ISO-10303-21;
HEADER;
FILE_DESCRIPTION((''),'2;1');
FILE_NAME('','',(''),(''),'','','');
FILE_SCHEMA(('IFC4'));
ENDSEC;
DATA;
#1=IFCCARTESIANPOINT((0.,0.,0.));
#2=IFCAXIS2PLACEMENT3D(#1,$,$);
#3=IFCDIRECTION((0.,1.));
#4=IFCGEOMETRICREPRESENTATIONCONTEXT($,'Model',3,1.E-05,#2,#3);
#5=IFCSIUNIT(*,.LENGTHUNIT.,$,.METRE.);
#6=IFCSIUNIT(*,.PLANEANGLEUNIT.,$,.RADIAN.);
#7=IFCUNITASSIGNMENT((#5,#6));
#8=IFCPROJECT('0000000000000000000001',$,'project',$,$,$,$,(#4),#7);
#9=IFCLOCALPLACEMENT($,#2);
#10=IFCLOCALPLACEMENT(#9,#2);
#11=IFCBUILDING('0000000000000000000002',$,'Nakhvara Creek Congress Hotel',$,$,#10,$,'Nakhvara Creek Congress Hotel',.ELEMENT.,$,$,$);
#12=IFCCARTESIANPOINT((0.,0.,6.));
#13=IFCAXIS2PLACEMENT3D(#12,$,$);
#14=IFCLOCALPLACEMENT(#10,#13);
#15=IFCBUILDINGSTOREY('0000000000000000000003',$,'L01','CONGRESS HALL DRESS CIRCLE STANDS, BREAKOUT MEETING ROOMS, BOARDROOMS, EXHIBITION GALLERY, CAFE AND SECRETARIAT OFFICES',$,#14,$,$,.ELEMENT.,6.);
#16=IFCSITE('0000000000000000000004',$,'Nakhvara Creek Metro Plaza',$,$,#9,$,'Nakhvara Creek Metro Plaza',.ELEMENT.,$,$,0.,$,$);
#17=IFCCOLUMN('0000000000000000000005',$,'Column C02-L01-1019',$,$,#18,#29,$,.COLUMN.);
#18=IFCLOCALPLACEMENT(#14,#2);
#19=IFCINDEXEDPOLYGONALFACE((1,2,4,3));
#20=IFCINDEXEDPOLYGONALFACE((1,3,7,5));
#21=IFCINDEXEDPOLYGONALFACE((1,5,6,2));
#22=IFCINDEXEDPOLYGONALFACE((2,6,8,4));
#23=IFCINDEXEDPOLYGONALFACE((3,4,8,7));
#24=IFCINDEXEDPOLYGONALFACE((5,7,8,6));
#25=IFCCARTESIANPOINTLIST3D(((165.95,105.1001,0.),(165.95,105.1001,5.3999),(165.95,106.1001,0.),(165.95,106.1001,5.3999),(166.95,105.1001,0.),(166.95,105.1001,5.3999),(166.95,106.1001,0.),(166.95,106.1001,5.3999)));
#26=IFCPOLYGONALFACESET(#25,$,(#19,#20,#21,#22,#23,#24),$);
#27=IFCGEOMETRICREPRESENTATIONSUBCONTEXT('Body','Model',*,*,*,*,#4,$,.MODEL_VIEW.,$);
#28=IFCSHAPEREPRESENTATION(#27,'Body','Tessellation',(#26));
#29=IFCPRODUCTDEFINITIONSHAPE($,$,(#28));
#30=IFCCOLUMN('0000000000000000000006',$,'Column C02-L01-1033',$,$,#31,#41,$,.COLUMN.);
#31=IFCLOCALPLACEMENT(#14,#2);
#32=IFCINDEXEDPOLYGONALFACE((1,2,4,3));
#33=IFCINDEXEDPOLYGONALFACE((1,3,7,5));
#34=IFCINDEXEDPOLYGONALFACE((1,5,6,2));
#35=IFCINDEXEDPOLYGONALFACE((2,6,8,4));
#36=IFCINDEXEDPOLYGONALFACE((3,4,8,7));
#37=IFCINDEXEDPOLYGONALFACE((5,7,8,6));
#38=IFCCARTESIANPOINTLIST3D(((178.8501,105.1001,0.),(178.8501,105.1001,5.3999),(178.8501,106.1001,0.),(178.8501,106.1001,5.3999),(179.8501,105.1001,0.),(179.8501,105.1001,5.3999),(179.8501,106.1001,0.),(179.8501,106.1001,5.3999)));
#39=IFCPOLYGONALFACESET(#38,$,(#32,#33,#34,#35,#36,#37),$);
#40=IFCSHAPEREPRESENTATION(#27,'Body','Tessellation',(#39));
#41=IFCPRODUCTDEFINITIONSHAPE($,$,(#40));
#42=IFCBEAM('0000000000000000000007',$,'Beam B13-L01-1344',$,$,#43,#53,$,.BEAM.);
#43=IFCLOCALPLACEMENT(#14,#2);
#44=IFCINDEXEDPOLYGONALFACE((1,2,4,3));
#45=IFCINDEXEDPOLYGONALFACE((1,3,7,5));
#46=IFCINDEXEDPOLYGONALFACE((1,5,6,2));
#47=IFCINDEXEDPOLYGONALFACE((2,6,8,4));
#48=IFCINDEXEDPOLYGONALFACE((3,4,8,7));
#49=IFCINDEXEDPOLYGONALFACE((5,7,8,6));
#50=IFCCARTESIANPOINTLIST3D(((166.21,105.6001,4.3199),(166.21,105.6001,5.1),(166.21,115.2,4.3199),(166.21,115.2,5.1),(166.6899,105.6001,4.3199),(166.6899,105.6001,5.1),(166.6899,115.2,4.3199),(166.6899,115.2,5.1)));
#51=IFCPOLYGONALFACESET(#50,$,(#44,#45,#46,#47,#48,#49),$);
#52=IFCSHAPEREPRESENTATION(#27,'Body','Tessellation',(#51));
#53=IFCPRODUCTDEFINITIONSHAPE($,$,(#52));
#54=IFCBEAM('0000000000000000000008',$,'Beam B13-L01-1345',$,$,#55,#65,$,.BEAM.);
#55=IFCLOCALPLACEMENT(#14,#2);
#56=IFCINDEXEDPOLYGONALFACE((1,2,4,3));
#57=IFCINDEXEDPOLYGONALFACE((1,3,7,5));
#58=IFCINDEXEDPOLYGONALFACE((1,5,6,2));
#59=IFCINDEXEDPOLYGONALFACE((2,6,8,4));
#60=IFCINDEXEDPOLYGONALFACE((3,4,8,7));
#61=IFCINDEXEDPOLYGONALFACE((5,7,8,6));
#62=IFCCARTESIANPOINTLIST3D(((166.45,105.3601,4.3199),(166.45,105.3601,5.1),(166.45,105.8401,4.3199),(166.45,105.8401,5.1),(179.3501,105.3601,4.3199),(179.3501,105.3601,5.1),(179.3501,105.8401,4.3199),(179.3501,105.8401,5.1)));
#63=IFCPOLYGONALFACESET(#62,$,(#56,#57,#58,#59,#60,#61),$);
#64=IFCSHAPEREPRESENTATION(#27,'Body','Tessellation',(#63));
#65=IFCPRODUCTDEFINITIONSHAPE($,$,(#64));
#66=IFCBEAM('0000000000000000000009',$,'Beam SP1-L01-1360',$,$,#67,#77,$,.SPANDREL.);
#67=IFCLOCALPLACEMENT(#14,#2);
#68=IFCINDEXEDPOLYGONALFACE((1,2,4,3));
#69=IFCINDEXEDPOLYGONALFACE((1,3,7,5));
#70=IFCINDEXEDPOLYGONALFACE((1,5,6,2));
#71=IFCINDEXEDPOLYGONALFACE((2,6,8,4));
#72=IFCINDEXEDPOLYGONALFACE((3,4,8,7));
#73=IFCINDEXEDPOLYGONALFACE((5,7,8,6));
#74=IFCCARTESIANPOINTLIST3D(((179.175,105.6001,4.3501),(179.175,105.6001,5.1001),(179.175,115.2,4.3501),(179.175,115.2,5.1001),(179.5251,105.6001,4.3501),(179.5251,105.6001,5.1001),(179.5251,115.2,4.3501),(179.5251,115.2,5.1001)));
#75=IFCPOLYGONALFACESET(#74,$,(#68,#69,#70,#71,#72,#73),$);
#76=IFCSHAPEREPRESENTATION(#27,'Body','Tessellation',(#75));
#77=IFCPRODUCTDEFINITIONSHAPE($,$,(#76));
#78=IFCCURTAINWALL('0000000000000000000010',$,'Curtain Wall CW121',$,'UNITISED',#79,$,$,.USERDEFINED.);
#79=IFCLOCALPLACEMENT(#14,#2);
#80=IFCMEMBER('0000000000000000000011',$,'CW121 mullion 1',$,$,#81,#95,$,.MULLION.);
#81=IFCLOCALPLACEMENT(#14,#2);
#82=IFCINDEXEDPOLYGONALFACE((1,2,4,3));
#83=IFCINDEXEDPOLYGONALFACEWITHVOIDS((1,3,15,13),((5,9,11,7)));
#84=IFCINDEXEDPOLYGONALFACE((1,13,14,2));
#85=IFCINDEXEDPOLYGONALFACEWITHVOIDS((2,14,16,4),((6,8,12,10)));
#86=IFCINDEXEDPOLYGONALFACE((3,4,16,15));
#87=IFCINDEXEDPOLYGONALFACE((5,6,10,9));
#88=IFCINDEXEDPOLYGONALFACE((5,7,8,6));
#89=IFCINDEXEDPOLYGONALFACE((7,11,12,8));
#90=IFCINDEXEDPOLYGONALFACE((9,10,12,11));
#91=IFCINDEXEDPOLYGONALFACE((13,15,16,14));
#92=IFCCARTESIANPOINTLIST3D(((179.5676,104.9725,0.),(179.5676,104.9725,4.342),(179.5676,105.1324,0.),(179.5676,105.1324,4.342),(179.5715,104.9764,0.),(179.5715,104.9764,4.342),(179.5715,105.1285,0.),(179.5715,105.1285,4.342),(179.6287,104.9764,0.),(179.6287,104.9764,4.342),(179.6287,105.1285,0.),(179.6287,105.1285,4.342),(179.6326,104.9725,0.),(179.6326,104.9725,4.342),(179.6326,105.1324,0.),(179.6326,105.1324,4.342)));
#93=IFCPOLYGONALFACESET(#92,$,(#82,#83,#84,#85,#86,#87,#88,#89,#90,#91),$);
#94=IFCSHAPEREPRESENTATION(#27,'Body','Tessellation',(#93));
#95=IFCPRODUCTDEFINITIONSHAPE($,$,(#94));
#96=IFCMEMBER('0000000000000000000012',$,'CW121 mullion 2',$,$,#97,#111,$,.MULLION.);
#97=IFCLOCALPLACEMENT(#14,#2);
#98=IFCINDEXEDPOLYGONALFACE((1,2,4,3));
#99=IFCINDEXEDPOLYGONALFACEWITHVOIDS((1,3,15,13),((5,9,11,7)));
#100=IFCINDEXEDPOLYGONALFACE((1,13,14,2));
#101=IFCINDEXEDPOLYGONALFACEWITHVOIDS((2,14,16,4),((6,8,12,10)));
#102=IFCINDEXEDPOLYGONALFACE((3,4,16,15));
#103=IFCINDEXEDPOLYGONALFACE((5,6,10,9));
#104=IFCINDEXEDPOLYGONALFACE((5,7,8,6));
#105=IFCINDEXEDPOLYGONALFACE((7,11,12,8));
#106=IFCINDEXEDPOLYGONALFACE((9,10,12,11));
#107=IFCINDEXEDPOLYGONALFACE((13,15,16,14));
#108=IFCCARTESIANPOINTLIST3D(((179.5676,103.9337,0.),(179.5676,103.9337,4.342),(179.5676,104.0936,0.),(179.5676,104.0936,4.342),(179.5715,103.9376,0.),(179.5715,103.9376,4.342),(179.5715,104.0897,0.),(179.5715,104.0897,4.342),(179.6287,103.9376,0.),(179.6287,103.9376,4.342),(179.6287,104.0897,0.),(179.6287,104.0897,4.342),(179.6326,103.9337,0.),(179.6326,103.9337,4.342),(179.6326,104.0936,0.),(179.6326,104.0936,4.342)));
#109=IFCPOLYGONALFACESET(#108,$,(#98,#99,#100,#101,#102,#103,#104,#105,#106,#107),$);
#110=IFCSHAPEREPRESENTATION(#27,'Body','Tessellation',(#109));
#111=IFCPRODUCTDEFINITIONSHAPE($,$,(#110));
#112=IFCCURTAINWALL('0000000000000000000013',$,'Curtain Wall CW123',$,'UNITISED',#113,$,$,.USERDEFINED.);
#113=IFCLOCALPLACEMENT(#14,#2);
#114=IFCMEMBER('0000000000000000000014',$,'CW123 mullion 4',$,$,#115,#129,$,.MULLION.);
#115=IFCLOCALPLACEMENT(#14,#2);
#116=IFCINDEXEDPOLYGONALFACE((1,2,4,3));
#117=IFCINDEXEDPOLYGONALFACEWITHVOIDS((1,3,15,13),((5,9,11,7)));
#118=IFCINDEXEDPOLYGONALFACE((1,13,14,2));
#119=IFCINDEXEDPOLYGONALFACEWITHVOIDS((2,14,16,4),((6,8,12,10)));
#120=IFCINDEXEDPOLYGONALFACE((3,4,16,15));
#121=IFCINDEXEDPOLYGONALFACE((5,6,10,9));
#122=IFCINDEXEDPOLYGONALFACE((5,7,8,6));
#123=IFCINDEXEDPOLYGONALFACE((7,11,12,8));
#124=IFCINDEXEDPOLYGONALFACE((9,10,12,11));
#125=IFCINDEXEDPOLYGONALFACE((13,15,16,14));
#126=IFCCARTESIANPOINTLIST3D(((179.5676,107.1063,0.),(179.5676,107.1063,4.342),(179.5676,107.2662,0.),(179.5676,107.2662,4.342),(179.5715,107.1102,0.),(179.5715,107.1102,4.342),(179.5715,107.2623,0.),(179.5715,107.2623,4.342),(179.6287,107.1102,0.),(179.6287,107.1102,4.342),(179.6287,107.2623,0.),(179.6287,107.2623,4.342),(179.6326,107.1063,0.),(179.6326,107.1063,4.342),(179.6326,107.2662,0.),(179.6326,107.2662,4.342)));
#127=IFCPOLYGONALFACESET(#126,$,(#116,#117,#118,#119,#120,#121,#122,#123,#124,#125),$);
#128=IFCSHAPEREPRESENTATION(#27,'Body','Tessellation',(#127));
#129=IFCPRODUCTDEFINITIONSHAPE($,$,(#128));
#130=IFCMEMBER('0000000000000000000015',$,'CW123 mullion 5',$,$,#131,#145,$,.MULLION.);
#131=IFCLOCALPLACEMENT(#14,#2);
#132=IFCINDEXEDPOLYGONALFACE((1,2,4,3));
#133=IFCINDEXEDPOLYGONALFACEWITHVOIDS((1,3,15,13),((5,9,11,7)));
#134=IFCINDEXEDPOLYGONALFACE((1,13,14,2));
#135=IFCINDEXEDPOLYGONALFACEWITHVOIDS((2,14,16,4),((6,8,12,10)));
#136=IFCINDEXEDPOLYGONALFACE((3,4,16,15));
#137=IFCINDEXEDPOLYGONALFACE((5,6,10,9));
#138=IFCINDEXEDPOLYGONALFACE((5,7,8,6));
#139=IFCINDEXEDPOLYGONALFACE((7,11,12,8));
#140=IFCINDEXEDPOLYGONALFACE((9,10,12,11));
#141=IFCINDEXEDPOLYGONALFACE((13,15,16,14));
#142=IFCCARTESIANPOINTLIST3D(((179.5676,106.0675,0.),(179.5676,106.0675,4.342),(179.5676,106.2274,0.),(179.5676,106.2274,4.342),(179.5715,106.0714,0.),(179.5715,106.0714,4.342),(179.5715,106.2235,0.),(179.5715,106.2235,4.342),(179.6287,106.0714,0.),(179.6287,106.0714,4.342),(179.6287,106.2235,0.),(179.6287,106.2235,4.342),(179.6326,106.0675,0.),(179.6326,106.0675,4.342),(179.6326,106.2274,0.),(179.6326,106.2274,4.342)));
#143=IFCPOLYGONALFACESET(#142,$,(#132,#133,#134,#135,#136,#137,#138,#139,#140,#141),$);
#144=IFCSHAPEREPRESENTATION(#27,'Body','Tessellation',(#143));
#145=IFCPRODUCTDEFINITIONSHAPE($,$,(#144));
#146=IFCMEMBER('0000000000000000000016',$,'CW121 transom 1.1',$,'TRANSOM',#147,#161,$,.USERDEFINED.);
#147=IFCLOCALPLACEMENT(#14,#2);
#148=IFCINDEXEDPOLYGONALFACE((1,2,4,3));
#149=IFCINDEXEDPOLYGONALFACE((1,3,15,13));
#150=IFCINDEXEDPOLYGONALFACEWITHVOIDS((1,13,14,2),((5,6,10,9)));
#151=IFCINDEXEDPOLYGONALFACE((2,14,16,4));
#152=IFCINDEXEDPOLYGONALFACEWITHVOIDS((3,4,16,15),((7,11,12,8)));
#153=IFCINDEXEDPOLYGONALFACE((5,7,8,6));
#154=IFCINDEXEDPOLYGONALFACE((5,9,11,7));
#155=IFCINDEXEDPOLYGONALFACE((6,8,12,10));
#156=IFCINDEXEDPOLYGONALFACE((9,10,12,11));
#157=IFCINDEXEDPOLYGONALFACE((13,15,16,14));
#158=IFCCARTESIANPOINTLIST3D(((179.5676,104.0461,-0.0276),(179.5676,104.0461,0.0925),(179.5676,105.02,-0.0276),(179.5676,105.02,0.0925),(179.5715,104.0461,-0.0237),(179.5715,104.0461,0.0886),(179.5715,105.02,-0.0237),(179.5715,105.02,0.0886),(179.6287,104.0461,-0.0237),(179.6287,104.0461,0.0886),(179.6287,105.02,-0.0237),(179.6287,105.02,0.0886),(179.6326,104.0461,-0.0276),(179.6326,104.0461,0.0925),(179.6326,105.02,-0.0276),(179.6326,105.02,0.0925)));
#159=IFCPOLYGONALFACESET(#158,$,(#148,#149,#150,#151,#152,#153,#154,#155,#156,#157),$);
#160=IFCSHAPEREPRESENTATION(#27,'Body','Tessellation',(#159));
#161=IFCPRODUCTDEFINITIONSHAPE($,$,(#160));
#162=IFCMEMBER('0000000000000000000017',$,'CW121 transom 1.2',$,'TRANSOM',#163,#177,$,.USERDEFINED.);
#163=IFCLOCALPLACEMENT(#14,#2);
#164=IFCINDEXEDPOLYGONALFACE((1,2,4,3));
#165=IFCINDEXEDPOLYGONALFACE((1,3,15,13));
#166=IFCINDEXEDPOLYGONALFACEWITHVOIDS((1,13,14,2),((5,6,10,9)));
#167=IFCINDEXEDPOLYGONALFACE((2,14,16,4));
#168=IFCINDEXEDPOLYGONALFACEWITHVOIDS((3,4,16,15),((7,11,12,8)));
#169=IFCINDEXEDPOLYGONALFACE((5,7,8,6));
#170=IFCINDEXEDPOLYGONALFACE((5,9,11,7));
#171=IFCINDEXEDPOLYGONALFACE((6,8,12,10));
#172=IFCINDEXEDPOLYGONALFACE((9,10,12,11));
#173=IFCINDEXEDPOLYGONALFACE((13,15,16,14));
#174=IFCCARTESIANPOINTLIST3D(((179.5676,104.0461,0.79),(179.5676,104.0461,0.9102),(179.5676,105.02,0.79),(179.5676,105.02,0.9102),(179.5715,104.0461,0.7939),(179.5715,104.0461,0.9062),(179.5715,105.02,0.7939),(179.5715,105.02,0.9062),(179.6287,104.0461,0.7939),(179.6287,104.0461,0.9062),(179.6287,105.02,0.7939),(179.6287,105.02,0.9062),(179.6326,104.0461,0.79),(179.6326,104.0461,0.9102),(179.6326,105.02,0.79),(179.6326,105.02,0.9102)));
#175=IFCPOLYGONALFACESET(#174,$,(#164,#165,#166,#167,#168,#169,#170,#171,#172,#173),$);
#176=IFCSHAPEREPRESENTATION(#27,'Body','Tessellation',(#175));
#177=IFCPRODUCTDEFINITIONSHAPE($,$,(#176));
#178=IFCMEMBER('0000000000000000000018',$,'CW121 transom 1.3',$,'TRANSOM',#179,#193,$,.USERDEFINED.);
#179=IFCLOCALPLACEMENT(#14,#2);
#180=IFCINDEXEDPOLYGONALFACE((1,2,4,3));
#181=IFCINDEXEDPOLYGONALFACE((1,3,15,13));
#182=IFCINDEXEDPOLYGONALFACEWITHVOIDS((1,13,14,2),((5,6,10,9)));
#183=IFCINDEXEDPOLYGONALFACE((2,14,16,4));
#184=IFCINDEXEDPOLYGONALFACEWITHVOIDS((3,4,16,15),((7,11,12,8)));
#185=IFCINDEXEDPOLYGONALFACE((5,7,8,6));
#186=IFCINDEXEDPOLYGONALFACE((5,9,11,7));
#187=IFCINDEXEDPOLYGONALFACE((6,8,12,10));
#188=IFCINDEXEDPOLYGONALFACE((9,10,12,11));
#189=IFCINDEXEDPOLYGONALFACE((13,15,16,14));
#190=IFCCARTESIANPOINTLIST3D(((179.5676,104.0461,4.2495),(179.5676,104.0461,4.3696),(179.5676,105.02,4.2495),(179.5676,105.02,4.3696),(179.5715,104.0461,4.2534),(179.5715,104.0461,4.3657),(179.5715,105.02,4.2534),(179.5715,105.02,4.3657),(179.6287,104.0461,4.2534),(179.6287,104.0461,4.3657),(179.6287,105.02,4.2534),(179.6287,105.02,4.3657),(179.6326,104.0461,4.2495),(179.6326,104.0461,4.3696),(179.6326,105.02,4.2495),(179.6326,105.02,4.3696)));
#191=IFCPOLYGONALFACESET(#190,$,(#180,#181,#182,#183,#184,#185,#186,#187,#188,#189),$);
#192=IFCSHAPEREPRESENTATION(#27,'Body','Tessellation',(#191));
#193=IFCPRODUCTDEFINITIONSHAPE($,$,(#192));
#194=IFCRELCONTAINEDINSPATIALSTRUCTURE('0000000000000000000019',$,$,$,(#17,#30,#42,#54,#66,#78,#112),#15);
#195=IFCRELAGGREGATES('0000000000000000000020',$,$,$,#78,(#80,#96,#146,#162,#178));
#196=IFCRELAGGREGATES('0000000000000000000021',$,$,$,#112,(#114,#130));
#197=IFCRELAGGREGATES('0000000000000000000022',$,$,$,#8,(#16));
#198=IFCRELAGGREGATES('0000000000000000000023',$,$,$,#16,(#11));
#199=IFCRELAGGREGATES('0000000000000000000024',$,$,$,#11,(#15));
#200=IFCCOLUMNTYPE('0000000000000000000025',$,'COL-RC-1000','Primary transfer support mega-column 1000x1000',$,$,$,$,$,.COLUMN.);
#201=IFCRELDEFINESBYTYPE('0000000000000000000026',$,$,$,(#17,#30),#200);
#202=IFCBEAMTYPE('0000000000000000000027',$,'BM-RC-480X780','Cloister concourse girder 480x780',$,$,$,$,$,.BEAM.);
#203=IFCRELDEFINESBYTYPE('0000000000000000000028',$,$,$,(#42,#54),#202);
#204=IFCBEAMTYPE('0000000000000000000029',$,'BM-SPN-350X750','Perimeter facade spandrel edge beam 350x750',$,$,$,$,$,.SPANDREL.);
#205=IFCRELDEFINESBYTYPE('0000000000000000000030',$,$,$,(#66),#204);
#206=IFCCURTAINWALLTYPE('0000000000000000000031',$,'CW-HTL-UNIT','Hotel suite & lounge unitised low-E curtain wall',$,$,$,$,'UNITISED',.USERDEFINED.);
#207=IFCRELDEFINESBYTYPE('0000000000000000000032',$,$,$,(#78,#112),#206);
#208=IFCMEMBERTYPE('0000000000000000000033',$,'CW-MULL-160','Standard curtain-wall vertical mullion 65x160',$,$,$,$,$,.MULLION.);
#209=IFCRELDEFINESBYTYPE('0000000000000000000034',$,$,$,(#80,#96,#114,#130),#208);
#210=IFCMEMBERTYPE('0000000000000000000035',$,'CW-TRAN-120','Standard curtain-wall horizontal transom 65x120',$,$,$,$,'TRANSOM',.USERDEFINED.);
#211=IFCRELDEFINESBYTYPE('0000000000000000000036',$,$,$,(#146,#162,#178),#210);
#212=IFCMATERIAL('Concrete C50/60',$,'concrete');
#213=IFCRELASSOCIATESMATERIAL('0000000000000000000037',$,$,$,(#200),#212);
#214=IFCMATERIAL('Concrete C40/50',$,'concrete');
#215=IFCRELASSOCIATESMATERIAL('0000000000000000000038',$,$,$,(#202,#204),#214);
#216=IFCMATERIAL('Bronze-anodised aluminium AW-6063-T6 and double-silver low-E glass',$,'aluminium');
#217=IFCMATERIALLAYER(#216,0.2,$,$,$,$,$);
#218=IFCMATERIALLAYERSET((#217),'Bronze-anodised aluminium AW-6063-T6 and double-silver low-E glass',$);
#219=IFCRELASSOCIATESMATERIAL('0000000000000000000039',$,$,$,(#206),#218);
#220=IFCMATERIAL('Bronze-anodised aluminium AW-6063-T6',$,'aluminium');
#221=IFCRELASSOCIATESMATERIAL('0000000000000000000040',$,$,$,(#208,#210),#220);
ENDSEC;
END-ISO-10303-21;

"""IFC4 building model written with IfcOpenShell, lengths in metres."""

from ifc_helpers import new_model, si_unit, direction, frame, origin, origin_2d, place, context, subcontext, project, spatial, rectangle, hollow_rectangle, extrude, material, layer, layer_set, material_profile, profile_set, type_object, element, aggregate, save


model = new_model("IFC4")

# Units and contexts
model_context = context("Model", 3, precision=1e-05, world=origin(), true_north=direction((0.0, 1.0)))
body_context = subcontext(model_context, "Body", "Model", "MODEL_VIEW")
ifc_project = project(units=[si_unit("LENGTHUNIT", "METRE"), si_unit("PLANEANGLEUNIT", "RADIAN")], contexts=[model_context])

# Site, building, storey
site_placement = place(None, origin())
site = spatial("IfcSite", under=ifc_project, at=site_placement, Name="Nakhvara Creek Metro Plaza", LongName="Nakhvara Creek Metro Plaza", CompositionType="ELEMENT", RefElevation=0.0)
building_placement = place(site_placement, origin())
building = spatial("IfcBuilding", under=site, at=building_placement, Name="Nakhvara Creek Congress Hotel", LongName="Nakhvara Creek Congress Hotel", CompositionType="ELEMENT")
storey_placement = place(building_placement, frame((0.0, 0.0, 6.0)))
storey = spatial("IfcBuildingStorey", under=building, at=storey_placement, Name="L01", Description="CONGRESS HALL DRESS CIRCLE STANDS, BREAKOUT MEETING ROOMS, BOARDROOMS, EXHIBITION GALLERY, CAFE AND SECRETARIAT OFFICES", CompositionType="ELEMENT", Elevation=6.0)

# Columns
ifc_material_1 = material(Name="Concrete C50/60", Category="concrete")
ifc_material_profile_1 = material_profile(ifc_material_1, rectangle(XDim=1.0, YDim=1.0, at=origin_2d()), Name="RC-COL 1000x1000", Category="LoadBearing")
ifc_profile_set_1 = profile_set([ifc_material_profile_1], Name="Concrete C50/60")
column_type = type_object("IfcColumnType", Name="COL-RC-1000", Description="Primary transfer support mega-column 1000x1000", PredefinedType="COLUMN", material=ifc_profile_set_1)
for number, where, z_axis, x_axis, name in (
    (1, (166.45, 105.6001, 0.0), (0.0, 0.0, 1.0), (1.0, 0.0, 0.0), "Column C02-L01-1019"),
    (2, (179.3501, 105.6001, 0.0), (0.0, 0.0, 1.0), (1.0, 0.0, 0.0), "Column C02-L01-1033"),
):
    element("IfcColumn", number, at=place(storey_placement, frame(where, z_axis=z_axis, x_axis=x_axis)), inside=storey, type_object=column_type, Name=name, PredefinedType="COLUMN", context=body_context, shape_type="SweptSolid", body=[
        extrude(rectangle(XDim=1.0, YDim=1.0, at=origin_2d()), origin(), (0.0, 0.0, 1.0), 5.3999),
    ])

# Beams
ifc_material_2 = material(Name="Concrete C40/50", Category="concrete")
ifc_material_profile_2 = material_profile(ifc_material_2, rectangle(XDim=0.48, YDim=0.78, at=origin_2d()), Name="RC-BM 480x780", Category="LoadBearing")
ifc_profile_set_2 = profile_set([ifc_material_profile_2], Name="Concrete C40/50")
beam_type_1 = type_object("IfcBeamType", Name="BM-RC-480X780", Description="Cloister concourse girder 480x780", PredefinedType="BEAM", material=ifc_profile_set_2)
beam_1_placement = place(storey_placement, frame((166.45, 105.6001, 4.71), z_axis=(0.0, 1.0, 0.0), x_axis=(-1.0, 0.0, 0.0)))
element("IfcBeam", 3, at=beam_1_placement, inside=storey, type_object=beam_type_1, Name="Beam B13-L01-1344", PredefinedType="BEAM", context=body_context, shape_type="SweptSolid", body=[
    extrude(rectangle(XDim=0.48, YDim=0.78, at=origin_2d()), origin(), (0.0, 0.0, 1.0), 9.5999),
])
beam_2_placement = place(storey_placement, frame((166.45, 105.6001, 4.71), z_axis=(1.0, 0.0, 0.0), x_axis=(0.0, 1.0, 0.0)))
element("IfcBeam", 4, at=beam_2_placement, inside=storey, type_object=beam_type_1, Name="Beam B13-L01-1345", PredefinedType="BEAM", context=body_context, shape_type="SweptSolid", body=[
    extrude(rectangle(XDim=0.48, YDim=0.78, at=origin_2d()), origin(), (0.0, 0.0, 1.0), 12.9001),
])
ifc_material_profile_3 = material_profile(ifc_material_2, rectangle(XDim=0.3501, YDim=0.75, at=origin_2d()), Name="RC-SPANDREL 350x750", Category="LoadBearing")
ifc_profile_set_3 = profile_set([ifc_material_profile_3], Name="Concrete C40/50")
beam_type_2 = type_object("IfcBeamType", Name="BM-SPN-350X750", Description="Perimeter facade spandrel edge beam 350x750", PredefinedType="SPANDREL", material=ifc_profile_set_3)
beam_3_placement = place(storey_placement, frame((179.3501, 105.6001, 4.7251), z_axis=(0.0, 1.0, 0.0), x_axis=(-1.0, 0.0, 0.0)))
element("IfcBeam", 5, at=beam_3_placement, inside=storey, type_object=beam_type_2, Name="Beam SP1-L01-1360", PredefinedType="SPANDREL", context=body_context, shape_type="SweptSolid", body=[
    extrude(rectangle(XDim=0.3501, YDim=0.75, at=origin_2d()), origin(), (0.0, 0.0, 1.0), 9.5999),
])

# Curtain walls, members
ifc_material_3 = material(Name="Bronze-anodised aluminium AW-6063-T6 and double-silver low-E glass", Category="aluminium")
ifc_layer = layer(ifc_material_3, 0.2)
ifc_layer_set = layer_set([ifc_layer], Name="Bronze-anodised aluminium AW-6063-T6 and double-silver low-E glass")
curtain_wall_type = type_object("IfcCurtainWallType", Name="CW-HTL-UNIT", Description="Hotel suite & lounge unitised low-E curtain wall", ElementType="UNITISED", PredefinedType="USERDEFINED", material=ifc_layer_set)
curtain_wall_1_placement = place(storey_placement, origin())
curtain_wall_1 = element("IfcCurtainWall", 6, at=curtain_wall_1_placement, inside=storey, type_object=curtain_wall_type, Name="Curtain Wall CW121", ObjectType="UNITISED", PredefinedType="USERDEFINED")
ifc_material_4 = material(Name="Bronze-anodised aluminium AW-6063-T6", Category="aluminium")
ifc_material_profile_4 = material_profile(ifc_material_4, hollow_rectangle(XDim=0.0649, YDim=0.1599, WallThickness=0.0039, at=origin_2d()), Name="ALU-MULL 65x160x4", Category="LoadBearing")
ifc_profile_set_4 = profile_set([ifc_material_profile_4], Name="Bronze-anodised aluminium AW-6063-T6")
member_type_1 = type_object("IfcMemberType", Name="CW-MULL-160", Description="Standard curtain-wall vertical mullion 65x160", PredefinedType="MULLION", material=ifc_profile_set_4)
member_1_placement = place(storey_placement, frame((179.6001, 105.0525, 0.0), z_axis=(0.0, 0.0, 1.0), x_axis=(1.0, 0.0, 0.0)))
member_1 = element("IfcMember", 7, at=member_1_placement, type_object=member_type_1, Name="CW121 mullion 1", PredefinedType="MULLION", context=body_context, shape_type="SweptSolid", body=[
    extrude(hollow_rectangle(XDim=0.0649, YDim=0.1599, WallThickness=0.0039, at=origin_2d()), origin(), (0.0, 0.0, 1.0), 4.342),
])
member_2_placement = place(storey_placement, frame((179.6001, 104.0137, 0.0), z_axis=(0.0, 0.0, 1.0), x_axis=(1.0, 0.0, 0.0)))
member_2 = element("IfcMember", 8, at=member_2_placement, type_object=member_type_1, Name="CW121 mullion 2", PredefinedType="MULLION", context=body_context, shape_type="SweptSolid", body=[
    extrude(hollow_rectangle(XDim=0.0649, YDim=0.1599, WallThickness=0.0039, at=origin_2d()), origin(), (0.0, 0.0, 1.0), 4.342),
])
curtain_wall_2_placement = place(storey_placement, origin())
curtain_wall_2 = element("IfcCurtainWall", 9, at=curtain_wall_2_placement, inside=storey, type_object=curtain_wall_type, Name="Curtain Wall CW123", ObjectType="UNITISED", PredefinedType="USERDEFINED")
member_3_placement = place(storey_placement, frame((179.6001, 107.1863, 0.0), z_axis=(0.0, 0.0, 1.0), x_axis=(1.0, 0.0, 0.0)))
member_3 = element("IfcMember", 10, at=member_3_placement, type_object=member_type_1, Name="CW123 mullion 4", PredefinedType="MULLION", context=body_context, shape_type="SweptSolid", body=[
    extrude(hollow_rectangle(XDim=0.0649, YDim=0.1599, WallThickness=0.0039, at=origin_2d()), origin(), (0.0, 0.0, 1.0), 4.342),
])
member_4_placement = place(storey_placement, frame((179.6001, 106.1475, 0.0), z_axis=(0.0, 0.0, 1.0), x_axis=(1.0, 0.0, 0.0)))
member_4 = element("IfcMember", 11, at=member_4_placement, type_object=member_type_1, Name="CW123 mullion 5", PredefinedType="MULLION", context=body_context, shape_type="SweptSolid", body=[
    extrude(hollow_rectangle(XDim=0.0649, YDim=0.1599, WallThickness=0.0039, at=origin_2d()), origin(), (0.0, 0.0, 1.0), 4.342),
])

# Members
ifc_material_profile_5 = material_profile(ifc_material_4, hollow_rectangle(XDim=0.0649, YDim=0.1201, WallThickness=0.0039, at=origin_2d()), Name="ALU-TRAN 65x120x4", Category="LoadBearing")
ifc_profile_set_5 = profile_set([ifc_material_profile_5], Name="Bronze-anodised aluminium AW-6063-T6")
member_type_2 = type_object("IfcMemberType", Name="CW-TRAN-120", Description="Standard curtain-wall horizontal transom 65x120", ElementType="TRANSOM", PredefinedType="USERDEFINED", material=ifc_profile_set_5)
member_5_placement = place(storey_placement, frame((179.6001, 105.02, 0.0325), z_axis=(0.0, -1.0, 0.0), x_axis=(1.0, 0.0, 0.0)))
member_5 = element("IfcMember", 12, at=member_5_placement, type_object=member_type_2, Name="CW121 transom 1.1", ObjectType="TRANSOM", PredefinedType="USERDEFINED", context=body_context, shape_type="SweptSolid", body=[
    extrude(hollow_rectangle(XDim=0.0649, YDim=0.1201, WallThickness=0.0039, at=origin_2d()), origin(), (0.0, 0.0, 1.0), 0.9739),
])
member_6_placement = place(storey_placement, frame((179.6001, 105.02, 0.8501), z_axis=(0.0, -1.0, 0.0), x_axis=(1.0, 0.0, 0.0)))
member_6 = element("IfcMember", 13, at=member_6_placement, type_object=member_type_2, Name="CW121 transom 1.2", ObjectType="TRANSOM", PredefinedType="USERDEFINED", context=body_context, shape_type="SweptSolid", body=[
    extrude(hollow_rectangle(XDim=0.0649, YDim=0.1201, WallThickness=0.0039, at=origin_2d()), origin(), (0.0, 0.0, 1.0), 0.9739),
])
member_7_placement = place(storey_placement, frame((179.6001, 105.02, 4.3096), z_axis=(0.0, -1.0, 0.0), x_axis=(1.0, 0.0, 0.0)))
member_7 = element("IfcMember", 14, at=member_7_placement, type_object=member_type_2, Name="CW121 transom 1.3", ObjectType="TRANSOM", PredefinedType="USERDEFINED", context=body_context, shape_type="SweptSolid", body=[
    extrude(hollow_rectangle(XDim=0.0649, YDim=0.1201, WallThickness=0.0039, at=origin_2d()), origin(), (0.0, 0.0, 1.0), 0.9739),
])

aggregate(curtain_wall_1, [member_1, member_2, member_5, member_6, member_7])
aggregate(curtain_wall_2, [member_3, member_4])

save(model, "model.ifc")
